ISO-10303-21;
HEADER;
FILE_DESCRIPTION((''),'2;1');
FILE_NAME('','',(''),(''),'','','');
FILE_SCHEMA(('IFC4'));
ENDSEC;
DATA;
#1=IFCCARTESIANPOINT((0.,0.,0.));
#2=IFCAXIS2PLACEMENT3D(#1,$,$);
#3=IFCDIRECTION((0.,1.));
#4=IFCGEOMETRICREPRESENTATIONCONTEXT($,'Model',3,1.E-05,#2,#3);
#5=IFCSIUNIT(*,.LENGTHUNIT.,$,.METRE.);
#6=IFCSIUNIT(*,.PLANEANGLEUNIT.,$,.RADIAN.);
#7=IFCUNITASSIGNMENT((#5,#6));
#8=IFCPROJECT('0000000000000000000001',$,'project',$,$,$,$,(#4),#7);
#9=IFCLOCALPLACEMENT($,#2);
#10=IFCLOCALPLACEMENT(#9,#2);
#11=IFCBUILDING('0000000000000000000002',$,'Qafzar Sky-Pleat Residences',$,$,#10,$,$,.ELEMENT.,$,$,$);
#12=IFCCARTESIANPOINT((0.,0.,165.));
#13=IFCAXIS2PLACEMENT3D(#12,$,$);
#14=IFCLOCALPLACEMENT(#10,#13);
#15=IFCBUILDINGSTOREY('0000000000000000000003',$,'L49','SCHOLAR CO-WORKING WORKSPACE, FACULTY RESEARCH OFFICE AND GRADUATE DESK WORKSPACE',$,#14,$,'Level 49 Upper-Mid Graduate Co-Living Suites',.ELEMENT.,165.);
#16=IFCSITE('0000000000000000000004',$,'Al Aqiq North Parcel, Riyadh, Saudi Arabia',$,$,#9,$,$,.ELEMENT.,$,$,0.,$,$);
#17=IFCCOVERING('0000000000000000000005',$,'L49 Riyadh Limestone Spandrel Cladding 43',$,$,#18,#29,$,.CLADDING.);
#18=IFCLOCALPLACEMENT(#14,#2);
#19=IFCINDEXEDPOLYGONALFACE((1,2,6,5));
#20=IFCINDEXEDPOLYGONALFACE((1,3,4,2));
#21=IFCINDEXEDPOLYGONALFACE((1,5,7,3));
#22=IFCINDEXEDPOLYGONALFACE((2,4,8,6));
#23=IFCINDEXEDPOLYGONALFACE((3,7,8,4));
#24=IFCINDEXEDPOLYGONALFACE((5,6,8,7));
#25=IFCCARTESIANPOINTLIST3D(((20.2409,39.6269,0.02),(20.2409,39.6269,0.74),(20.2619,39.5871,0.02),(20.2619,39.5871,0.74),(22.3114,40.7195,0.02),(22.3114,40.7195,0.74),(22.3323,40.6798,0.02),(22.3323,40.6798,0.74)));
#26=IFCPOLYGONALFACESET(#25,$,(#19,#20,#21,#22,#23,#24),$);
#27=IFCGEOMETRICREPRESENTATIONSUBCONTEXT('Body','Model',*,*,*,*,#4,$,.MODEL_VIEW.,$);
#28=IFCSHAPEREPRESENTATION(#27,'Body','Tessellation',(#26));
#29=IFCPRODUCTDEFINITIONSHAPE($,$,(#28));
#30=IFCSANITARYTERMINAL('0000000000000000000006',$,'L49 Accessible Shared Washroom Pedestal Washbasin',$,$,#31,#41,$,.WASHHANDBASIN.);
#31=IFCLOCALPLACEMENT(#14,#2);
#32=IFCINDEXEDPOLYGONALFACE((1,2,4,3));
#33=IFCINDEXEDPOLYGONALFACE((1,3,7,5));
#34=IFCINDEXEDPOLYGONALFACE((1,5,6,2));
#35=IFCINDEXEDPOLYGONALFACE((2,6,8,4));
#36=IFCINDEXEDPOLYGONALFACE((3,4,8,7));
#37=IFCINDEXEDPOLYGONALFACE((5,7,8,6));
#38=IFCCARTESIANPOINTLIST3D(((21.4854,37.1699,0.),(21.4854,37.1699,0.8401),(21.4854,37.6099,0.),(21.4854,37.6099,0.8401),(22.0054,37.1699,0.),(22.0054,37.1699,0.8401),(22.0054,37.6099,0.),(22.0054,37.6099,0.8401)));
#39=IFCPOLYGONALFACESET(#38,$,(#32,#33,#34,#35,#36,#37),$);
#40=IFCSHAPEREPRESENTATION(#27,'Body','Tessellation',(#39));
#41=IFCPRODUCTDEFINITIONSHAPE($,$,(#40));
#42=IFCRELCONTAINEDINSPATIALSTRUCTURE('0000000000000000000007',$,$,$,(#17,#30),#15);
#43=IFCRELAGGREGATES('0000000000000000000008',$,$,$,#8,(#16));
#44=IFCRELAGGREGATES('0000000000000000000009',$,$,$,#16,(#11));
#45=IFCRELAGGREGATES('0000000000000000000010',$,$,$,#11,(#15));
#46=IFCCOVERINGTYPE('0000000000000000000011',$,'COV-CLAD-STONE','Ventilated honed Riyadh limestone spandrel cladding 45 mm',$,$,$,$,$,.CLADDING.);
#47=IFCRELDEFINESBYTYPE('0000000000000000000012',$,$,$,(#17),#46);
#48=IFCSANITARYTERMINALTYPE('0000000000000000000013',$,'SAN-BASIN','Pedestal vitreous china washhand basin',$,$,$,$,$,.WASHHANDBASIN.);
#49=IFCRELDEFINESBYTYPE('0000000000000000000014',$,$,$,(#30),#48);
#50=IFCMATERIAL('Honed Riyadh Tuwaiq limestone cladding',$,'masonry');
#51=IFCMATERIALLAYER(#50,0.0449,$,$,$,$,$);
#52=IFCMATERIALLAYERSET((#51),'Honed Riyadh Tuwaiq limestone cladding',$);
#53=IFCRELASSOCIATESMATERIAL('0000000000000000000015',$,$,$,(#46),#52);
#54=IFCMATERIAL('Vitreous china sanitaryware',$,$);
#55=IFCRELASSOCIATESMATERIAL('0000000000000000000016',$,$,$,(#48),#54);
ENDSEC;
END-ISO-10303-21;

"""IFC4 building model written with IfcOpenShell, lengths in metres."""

from ifc_helpers import new_model, si_unit, direction, frame, origin, origin_2d, place, context, subcontext, project, spatial, rectangle, extrude, source, transform, mapped, material, layer, layer_set, type_object, element, save


model = new_model("IFC4")

# Units and contexts
model_context = context("Model", 3, precision=1e-05, world=origin(), true_north=direction((0.0, 1.0)))
body_context = subcontext(model_context, "Body", "Model", "MODEL_VIEW")
ifc_project = project(units=[si_unit("LENGTHUNIT", "METRE"), si_unit("PLANEANGLEUNIT", "RADIAN")], contexts=[model_context])

# Site, building, storey
site_placement = place(None, origin())
site = spatial("IfcSite", under=ifc_project, at=site_placement, Name="Al Aqiq North Parcel, Riyadh, Saudi Arabia", CompositionType="ELEMENT", RefElevation=0.0)
building_placement = place(site_placement, origin())
building = spatial("IfcBuilding", under=site, at=building_placement, Name="Qafzar Sky-Pleat Residences", CompositionType="ELEMENT")
storey_placement = place(building_placement, frame((0.0, 0.0, 165.0)))
storey = spatial("IfcBuildingStorey", under=building, at=storey_placement, Name="L49", Description="SCHOLAR CO-WORKING WORKSPACE, FACULTY RESEARCH OFFICE AND GRADUATE DESK WORKSPACE", LongName="Level 49 Upper-Mid Graduate Co-Living Suites", CompositionType="ELEMENT", Elevation=165.0)

# Covering
ifc_material_1 = material(Name="Honed Riyadh Tuwaiq limestone cladding", Category="masonry")
ifc_layer_1 = layer(ifc_material_1, 0.0449)
ifc_layer_set_1 = layer_set([ifc_layer_1], Name="Honed Riyadh Tuwaiq limestone cladding")
covering_type = type_object("IfcCoveringType", Name="COV-CLAD-STONE", Description="Ventilated honed Riyadh limestone spandrel cladding 45 mm", PredefinedType="CLADDING", material=ifc_layer_set_1)
shared_shape_1 = source(origin(), body_context, "Body", "SweptSolid", [
    extrude(rectangle(XDim=2.3411, YDim=0.0449, at=origin_2d()), origin(), (0.0, 0.0, 1.0), 0.72),
])
covering_placement = place(storey_placement, frame((21.2866, 40.1533, 0.02), z_axis=(0.0, 0.0, 1.0), x_axis=(-0.884402, -0.466727, 0.0)))
element("IfcCovering", 1, at=covering_placement, inside=storey, type_object=covering_type, Name="L49 Riyadh Limestone Spandrel Cladding 43", PredefinedType="CLADDING", context=body_context, shape_type="MappedRepresentation", body=[
    mapped(shared_shape_1, transform((0.0, 0.0, 0.0), x_axis=(1.0, 0.0, 0.0), y_axis=(0.0, 1.0, 0.0), z_axis=(0.0, 0.0, 1.0), scale=1.0)),
])

# Sanitary terminal
ifc_material_2 = material(Name="Vitreous china sanitaryware")
sanitary_terminal_type = type_object("IfcSanitaryTerminalType", Name="SAN-BASIN", Description="Pedestal vitreous china washhand basin", PredefinedType="WASHHANDBASIN", material=ifc_material_2)
shared_shape_2 = source(origin(), body_context, "Body", "SweptSolid", [
    extrude(rectangle(XDim=0.52, YDim=0.4399, at=origin_2d()), origin(), (0.0, 0.0, 1.0), 0.8401),
])
sanitary_terminal_placement = place(storey_placement, frame((21.7454, 37.3899, 0.0), z_axis=(0.0, 0.0, 1.0), x_axis=(1.0, 0.0, 0.0)))
element("IfcSanitaryTerminal", 2, at=sanitary_terminal_placement, inside=storey, type_object=sanitary_terminal_type, Name="L49 Accessible Shared Washroom Pedestal Washbasin", PredefinedType="WASHHANDBASIN", context=body_context, shape_type="MappedRepresentation", body=[
    mapped(shared_shape_2, transform((0.0, 0.0, 0.0), x_axis=(1.0, 0.0, 0.0), y_axis=(0.0, 1.0, 0.0), z_axis=(0.0, 0.0, 1.0), scale=1.0)),
])

save(model, "model.ifc")
